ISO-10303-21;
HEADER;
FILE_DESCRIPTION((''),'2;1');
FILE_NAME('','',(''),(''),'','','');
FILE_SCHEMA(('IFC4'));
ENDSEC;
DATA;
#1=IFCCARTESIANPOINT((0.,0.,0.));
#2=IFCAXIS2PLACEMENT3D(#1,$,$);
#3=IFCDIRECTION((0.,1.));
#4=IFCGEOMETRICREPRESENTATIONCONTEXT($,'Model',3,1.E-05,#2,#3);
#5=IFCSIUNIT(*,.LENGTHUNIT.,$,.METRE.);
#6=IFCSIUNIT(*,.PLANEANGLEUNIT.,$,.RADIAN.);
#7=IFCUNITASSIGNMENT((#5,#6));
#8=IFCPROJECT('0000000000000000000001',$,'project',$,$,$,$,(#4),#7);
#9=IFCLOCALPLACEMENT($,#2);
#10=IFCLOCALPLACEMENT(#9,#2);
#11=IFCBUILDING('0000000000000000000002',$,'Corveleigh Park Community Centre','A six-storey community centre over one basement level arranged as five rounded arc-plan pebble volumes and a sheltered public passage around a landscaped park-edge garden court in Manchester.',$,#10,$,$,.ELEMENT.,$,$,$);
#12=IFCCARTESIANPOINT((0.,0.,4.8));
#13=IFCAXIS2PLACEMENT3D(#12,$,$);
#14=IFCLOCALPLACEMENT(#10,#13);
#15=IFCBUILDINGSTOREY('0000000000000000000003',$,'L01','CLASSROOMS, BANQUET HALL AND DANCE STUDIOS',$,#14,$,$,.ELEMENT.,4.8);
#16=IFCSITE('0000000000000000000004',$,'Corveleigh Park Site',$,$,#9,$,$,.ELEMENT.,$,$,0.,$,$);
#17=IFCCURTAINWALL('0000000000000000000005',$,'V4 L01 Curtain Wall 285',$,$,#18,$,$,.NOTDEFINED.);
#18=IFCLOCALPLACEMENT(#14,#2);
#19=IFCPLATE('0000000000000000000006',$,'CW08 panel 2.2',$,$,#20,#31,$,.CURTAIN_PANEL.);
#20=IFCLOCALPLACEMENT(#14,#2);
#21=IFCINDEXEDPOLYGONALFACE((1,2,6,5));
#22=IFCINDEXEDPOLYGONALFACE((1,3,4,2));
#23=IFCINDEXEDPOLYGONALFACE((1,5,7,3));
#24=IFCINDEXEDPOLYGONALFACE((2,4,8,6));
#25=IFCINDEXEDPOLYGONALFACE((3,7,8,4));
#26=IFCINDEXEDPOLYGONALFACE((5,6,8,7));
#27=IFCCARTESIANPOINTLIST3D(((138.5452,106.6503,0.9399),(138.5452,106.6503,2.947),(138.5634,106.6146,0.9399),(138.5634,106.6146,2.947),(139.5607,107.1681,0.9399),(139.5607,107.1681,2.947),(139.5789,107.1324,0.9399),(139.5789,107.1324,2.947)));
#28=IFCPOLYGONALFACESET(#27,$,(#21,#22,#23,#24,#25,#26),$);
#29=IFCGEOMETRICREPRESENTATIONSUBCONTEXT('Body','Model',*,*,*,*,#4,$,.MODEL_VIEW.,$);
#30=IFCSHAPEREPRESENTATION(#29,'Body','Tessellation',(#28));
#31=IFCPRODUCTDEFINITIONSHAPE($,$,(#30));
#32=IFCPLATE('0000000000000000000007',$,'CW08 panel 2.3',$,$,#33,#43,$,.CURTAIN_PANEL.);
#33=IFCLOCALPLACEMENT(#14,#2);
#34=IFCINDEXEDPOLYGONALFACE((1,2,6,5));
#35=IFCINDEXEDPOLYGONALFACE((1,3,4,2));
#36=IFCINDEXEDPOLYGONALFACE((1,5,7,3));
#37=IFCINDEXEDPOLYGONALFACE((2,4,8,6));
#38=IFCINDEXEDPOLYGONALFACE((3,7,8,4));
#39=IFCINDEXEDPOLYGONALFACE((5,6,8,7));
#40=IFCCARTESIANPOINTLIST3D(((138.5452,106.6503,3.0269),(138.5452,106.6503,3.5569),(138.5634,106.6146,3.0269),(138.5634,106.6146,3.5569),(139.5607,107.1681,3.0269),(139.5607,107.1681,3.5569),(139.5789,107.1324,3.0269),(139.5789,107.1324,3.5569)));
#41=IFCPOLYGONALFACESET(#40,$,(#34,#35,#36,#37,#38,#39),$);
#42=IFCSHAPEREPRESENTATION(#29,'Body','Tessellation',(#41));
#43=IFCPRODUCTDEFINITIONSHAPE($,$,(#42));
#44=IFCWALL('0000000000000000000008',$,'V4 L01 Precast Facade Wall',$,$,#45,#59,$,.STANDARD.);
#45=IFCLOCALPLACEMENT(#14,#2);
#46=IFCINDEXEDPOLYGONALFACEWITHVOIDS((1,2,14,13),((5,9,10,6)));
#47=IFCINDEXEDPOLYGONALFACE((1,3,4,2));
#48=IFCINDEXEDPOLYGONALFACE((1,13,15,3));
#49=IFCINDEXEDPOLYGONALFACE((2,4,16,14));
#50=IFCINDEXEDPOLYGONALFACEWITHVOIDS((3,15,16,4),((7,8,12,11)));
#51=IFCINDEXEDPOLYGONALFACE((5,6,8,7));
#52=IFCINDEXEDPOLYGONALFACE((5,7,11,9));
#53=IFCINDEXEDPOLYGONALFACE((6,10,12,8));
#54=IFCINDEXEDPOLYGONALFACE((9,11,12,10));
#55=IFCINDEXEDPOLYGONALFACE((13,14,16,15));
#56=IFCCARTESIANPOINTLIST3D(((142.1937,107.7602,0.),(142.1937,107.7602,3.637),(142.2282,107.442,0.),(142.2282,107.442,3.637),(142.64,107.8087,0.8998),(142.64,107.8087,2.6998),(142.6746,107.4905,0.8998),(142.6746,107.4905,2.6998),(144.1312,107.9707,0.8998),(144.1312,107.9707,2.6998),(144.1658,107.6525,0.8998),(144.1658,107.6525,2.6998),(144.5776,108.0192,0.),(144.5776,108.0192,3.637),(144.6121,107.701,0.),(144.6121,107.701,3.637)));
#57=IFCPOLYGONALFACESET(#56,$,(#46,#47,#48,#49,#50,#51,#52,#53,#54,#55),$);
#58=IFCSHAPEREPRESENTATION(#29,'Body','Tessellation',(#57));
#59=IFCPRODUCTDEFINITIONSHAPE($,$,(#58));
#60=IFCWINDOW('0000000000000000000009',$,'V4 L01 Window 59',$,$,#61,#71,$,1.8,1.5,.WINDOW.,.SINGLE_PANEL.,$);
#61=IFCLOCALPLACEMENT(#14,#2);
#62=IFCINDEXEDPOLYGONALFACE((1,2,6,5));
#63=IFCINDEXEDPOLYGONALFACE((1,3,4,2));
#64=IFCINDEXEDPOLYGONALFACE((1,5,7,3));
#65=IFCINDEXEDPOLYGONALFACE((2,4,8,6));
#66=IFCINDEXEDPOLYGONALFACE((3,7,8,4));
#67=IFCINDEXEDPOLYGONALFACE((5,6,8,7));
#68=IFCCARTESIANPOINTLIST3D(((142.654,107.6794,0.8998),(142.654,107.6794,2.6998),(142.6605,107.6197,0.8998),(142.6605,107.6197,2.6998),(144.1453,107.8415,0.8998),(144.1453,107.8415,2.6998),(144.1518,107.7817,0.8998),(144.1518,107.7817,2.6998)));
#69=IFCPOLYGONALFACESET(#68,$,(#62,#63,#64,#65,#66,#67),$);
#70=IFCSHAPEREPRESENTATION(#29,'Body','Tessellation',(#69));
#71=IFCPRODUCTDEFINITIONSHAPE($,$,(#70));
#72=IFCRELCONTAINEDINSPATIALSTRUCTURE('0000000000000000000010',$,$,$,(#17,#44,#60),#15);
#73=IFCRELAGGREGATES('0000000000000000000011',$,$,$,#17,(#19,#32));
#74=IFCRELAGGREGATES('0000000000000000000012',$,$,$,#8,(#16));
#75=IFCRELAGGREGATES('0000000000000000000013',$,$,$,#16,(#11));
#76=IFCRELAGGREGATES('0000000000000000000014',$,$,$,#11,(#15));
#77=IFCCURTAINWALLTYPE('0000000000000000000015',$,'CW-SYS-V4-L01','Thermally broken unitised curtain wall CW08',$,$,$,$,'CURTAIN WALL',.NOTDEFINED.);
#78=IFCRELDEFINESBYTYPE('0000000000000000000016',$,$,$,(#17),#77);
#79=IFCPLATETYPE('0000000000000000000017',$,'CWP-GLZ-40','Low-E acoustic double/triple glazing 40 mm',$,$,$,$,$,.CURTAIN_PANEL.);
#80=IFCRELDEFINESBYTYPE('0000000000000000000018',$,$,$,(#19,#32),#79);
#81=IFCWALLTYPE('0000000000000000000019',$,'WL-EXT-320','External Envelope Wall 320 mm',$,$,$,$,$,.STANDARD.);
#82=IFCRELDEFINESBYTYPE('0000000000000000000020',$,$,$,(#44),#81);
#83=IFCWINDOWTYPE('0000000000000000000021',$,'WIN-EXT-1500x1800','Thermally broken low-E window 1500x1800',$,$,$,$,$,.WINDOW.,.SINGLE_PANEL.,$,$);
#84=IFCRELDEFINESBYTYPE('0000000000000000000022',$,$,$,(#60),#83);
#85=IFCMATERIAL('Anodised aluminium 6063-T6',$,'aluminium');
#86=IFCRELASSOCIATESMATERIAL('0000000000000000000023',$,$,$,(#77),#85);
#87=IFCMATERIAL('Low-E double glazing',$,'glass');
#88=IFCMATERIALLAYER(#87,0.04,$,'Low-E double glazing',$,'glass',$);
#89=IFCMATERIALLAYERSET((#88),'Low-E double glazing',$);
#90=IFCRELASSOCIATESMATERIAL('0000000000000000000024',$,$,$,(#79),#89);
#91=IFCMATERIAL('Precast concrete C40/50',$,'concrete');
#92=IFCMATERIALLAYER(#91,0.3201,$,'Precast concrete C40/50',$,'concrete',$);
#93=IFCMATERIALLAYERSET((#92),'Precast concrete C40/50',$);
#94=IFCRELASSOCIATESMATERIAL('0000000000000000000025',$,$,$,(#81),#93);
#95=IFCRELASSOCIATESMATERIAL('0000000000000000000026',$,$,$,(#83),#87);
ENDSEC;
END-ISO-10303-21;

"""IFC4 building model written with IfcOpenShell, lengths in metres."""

from ifc_helpers import new_model, si_unit, direction, frame, frame_2d, origin, origin_2d, place, context, subcontext, project, spatial, rectangle, extrude, material, layer, layer_set, type_object, element, fill, aggregate, save


model = new_model("IFC4")

# Units and contexts
model_context = context("Model", 3, precision=1e-05, world=origin(), true_north=direction((0.0, 1.0)))
body_context = subcontext(model_context, "Body", "Model", "MODEL_VIEW")
ifc_project = project(units=[si_unit("LENGTHUNIT", "METRE"), si_unit("PLANEANGLEUNIT", "RADIAN")], contexts=[model_context])

# Site, building, storey
site_placement = place(None, origin())
site = spatial("IfcSite", under=ifc_project, at=site_placement, Name="Corveleigh Park Site", CompositionType="ELEMENT", RefElevation=0.0)
building_placement = place(site_placement, origin())
building = spatial("IfcBuilding", under=site, at=building_placement, Name="Corveleigh Park Community Centre", Description="A six-storey community centre over one basement level arranged as five rounded arc-plan pebble volumes and a sheltered public passage around a landscaped park-edge garden court in Manchester.", CompositionType="ELEMENT")
storey_placement = place(building_placement, frame((0.0, 0.0, 4.8)))
storey = spatial("IfcBuildingStorey", under=building, at=storey_placement, Name="L01", Description="CLASSROOMS, BANQUET HALL AND DANCE STUDIOS", CompositionType="ELEMENT", Elevation=4.8)

# Shared definitions
ifc_material_1 = material(Name="Anodised aluminium 6063-T6", Category="aluminium")
curtain_wall_type = type_object("IfcCurtainWallType", Name="CW-SYS-V4-L01", Description="Thermally broken unitised curtain wall CW08", ElementType="CURTAIN WALL", PredefinedType="NOTDEFINED", material=ifc_material_1)

# Curtain wall
curtain_wall_1_placement = place(storey_placement, origin())
curtain_wall_1 = element("IfcCurtainWall", 1, at=curtain_wall_1_placement, inside=storey, type_object=curtain_wall_type, Name="V4 L01 Curtain Wall 285", PredefinedType="NOTDEFINED")

# Plates
ifc_material_2 = material(Name="Low-E double glazing", Category="glass")
ifc_layer_1 = layer(ifc_material_2, 0.04, Name="Low-E double glazing", Category="glass")
ifc_layer_set_1 = layer_set([ifc_layer_1], Name="Low-E double glazing")
plate_type_1 = type_object("IfcPlateType", Name="CWP-GLZ-40", Description="Low-E acoustic double/triple glazing 40 mm", PredefinedType="CURTAIN_PANEL", material=ifc_layer_set_1)
plate_1_placement = place(storey_placement, frame((139.062, 106.8914, 0.9399), z_axis=(0.0, 0.0, 1.0), x_axis=(0.890865, 0.454269, 0.0)))
plate_1 = element("IfcPlate", 2, at=plate_1_placement, type_object=plate_type_1, Name="CW08 panel 2.2", PredefinedType="CURTAIN_PANEL", context=body_context, shape_type="SweptSolid", body=[
    extrude(rectangle(XDim=1.1399, YDim=0.04, at=origin_2d()), origin(), (0.0, 0.0, 1.0), 2.0071),
])
plate_2_placement = place(storey_placement, frame((139.062, 106.8914, 3.0269), z_axis=(0.0, 0.0, 1.0), x_axis=(0.890865, 0.454269, 0.0)))
plate_2 = element("IfcPlate", 3, at=plate_2_placement, type_object=plate_type_1, Name="CW08 panel 2.3", PredefinedType="CURTAIN_PANEL", context=body_context, shape_type="SweptSolid", body=[
    extrude(rectangle(XDim=1.1399, YDim=0.04, at=origin_2d()), origin(), (0.0, 0.0, 1.0), 0.53),
])
aggregate(curtain_wall_1, [plate_1, plate_2])

# Wall, opening, window
ifc_material_3 = material(Name="Precast concrete C40/50", Category="concrete")
ifc_layer_2 = layer(ifc_material_3, 0.3201, Name="Precast concrete C40/50", Category="concrete")
ifc_layer_set_2 = layer_set([ifc_layer_2], Name="Precast concrete C40/50")
wall_type = type_object("IfcWallType", Name="WL-EXT-320", Description="External Envelope Wall 320 mm", PredefinedType="STANDARD", material=ifc_layer_set_2)
wall_placement = place(storey_placement, frame((142.2109, 107.6011, 0.0), z_axis=(0.0, 0.0, 1.0), x_axis=(0.994149, 0.108018, 0.0)))
wall = element("IfcWall", 4, at=wall_placement, inside=storey, type_object=wall_type, Name="V4 L01 Precast Facade Wall", PredefinedType="STANDARD", context=body_context, shape_type="SweptSolid", body=[
    extrude(rectangle(XDim=2.3979, YDim=0.3201, at=frame_2d((1.199, 0.0))), origin(), (0.0, 0.0, 1.0), 3.637),
])
opening_placement = place(wall_placement, frame((0.449, 0.0, 0.8999)))
opening = element("IfcOpeningElement", 5, at=opening_placement, cuts=wall, PredefinedType="OPENING", context=body_context, shape_type="SweptSolid", body=[
    extrude(rectangle(XDim=1.5, YDim=1.8, at=frame_2d((0.75, 0.8999))), frame((0.0, 0.1699, 0.0), z_axis=(0.0, -1.0, 0.0), x_axis=(1.0, 0.0, 0.0)), (0.0, 0.0, 1.0), 0.3401),
])
window_type = type_object("IfcWindowType", Name="WIN-EXT-1500x1800", Description="Thermally broken low-E window 1500x1800", PartitioningType="SINGLE_PANEL", PredefinedType="WINDOW", material=ifc_material_2)
window_placement = place(opening_placement, origin())
window = element("IfcWindow", 6, at=window_placement, inside=storey, type_object=window_type, Name="V4 L01 Window 59", OverallHeight=1.8, OverallWidth=1.5, PartitioningType="SINGLE_PANEL", PredefinedType="WINDOW", context=body_context, shape_type="SweptSolid", body=[
    extrude(rectangle(XDim=1.5, YDim=1.8, at=frame_2d((0.75, 0.8999))), frame((0.0, 0.03, 0.0), z_axis=(0.0, -1.0, 0.0), x_axis=(1.0, 0.0, 0.0)), (0.0, 0.0, 1.0), 0.0601),
])
fill(opening, window)

save(model, "model.ifc")
